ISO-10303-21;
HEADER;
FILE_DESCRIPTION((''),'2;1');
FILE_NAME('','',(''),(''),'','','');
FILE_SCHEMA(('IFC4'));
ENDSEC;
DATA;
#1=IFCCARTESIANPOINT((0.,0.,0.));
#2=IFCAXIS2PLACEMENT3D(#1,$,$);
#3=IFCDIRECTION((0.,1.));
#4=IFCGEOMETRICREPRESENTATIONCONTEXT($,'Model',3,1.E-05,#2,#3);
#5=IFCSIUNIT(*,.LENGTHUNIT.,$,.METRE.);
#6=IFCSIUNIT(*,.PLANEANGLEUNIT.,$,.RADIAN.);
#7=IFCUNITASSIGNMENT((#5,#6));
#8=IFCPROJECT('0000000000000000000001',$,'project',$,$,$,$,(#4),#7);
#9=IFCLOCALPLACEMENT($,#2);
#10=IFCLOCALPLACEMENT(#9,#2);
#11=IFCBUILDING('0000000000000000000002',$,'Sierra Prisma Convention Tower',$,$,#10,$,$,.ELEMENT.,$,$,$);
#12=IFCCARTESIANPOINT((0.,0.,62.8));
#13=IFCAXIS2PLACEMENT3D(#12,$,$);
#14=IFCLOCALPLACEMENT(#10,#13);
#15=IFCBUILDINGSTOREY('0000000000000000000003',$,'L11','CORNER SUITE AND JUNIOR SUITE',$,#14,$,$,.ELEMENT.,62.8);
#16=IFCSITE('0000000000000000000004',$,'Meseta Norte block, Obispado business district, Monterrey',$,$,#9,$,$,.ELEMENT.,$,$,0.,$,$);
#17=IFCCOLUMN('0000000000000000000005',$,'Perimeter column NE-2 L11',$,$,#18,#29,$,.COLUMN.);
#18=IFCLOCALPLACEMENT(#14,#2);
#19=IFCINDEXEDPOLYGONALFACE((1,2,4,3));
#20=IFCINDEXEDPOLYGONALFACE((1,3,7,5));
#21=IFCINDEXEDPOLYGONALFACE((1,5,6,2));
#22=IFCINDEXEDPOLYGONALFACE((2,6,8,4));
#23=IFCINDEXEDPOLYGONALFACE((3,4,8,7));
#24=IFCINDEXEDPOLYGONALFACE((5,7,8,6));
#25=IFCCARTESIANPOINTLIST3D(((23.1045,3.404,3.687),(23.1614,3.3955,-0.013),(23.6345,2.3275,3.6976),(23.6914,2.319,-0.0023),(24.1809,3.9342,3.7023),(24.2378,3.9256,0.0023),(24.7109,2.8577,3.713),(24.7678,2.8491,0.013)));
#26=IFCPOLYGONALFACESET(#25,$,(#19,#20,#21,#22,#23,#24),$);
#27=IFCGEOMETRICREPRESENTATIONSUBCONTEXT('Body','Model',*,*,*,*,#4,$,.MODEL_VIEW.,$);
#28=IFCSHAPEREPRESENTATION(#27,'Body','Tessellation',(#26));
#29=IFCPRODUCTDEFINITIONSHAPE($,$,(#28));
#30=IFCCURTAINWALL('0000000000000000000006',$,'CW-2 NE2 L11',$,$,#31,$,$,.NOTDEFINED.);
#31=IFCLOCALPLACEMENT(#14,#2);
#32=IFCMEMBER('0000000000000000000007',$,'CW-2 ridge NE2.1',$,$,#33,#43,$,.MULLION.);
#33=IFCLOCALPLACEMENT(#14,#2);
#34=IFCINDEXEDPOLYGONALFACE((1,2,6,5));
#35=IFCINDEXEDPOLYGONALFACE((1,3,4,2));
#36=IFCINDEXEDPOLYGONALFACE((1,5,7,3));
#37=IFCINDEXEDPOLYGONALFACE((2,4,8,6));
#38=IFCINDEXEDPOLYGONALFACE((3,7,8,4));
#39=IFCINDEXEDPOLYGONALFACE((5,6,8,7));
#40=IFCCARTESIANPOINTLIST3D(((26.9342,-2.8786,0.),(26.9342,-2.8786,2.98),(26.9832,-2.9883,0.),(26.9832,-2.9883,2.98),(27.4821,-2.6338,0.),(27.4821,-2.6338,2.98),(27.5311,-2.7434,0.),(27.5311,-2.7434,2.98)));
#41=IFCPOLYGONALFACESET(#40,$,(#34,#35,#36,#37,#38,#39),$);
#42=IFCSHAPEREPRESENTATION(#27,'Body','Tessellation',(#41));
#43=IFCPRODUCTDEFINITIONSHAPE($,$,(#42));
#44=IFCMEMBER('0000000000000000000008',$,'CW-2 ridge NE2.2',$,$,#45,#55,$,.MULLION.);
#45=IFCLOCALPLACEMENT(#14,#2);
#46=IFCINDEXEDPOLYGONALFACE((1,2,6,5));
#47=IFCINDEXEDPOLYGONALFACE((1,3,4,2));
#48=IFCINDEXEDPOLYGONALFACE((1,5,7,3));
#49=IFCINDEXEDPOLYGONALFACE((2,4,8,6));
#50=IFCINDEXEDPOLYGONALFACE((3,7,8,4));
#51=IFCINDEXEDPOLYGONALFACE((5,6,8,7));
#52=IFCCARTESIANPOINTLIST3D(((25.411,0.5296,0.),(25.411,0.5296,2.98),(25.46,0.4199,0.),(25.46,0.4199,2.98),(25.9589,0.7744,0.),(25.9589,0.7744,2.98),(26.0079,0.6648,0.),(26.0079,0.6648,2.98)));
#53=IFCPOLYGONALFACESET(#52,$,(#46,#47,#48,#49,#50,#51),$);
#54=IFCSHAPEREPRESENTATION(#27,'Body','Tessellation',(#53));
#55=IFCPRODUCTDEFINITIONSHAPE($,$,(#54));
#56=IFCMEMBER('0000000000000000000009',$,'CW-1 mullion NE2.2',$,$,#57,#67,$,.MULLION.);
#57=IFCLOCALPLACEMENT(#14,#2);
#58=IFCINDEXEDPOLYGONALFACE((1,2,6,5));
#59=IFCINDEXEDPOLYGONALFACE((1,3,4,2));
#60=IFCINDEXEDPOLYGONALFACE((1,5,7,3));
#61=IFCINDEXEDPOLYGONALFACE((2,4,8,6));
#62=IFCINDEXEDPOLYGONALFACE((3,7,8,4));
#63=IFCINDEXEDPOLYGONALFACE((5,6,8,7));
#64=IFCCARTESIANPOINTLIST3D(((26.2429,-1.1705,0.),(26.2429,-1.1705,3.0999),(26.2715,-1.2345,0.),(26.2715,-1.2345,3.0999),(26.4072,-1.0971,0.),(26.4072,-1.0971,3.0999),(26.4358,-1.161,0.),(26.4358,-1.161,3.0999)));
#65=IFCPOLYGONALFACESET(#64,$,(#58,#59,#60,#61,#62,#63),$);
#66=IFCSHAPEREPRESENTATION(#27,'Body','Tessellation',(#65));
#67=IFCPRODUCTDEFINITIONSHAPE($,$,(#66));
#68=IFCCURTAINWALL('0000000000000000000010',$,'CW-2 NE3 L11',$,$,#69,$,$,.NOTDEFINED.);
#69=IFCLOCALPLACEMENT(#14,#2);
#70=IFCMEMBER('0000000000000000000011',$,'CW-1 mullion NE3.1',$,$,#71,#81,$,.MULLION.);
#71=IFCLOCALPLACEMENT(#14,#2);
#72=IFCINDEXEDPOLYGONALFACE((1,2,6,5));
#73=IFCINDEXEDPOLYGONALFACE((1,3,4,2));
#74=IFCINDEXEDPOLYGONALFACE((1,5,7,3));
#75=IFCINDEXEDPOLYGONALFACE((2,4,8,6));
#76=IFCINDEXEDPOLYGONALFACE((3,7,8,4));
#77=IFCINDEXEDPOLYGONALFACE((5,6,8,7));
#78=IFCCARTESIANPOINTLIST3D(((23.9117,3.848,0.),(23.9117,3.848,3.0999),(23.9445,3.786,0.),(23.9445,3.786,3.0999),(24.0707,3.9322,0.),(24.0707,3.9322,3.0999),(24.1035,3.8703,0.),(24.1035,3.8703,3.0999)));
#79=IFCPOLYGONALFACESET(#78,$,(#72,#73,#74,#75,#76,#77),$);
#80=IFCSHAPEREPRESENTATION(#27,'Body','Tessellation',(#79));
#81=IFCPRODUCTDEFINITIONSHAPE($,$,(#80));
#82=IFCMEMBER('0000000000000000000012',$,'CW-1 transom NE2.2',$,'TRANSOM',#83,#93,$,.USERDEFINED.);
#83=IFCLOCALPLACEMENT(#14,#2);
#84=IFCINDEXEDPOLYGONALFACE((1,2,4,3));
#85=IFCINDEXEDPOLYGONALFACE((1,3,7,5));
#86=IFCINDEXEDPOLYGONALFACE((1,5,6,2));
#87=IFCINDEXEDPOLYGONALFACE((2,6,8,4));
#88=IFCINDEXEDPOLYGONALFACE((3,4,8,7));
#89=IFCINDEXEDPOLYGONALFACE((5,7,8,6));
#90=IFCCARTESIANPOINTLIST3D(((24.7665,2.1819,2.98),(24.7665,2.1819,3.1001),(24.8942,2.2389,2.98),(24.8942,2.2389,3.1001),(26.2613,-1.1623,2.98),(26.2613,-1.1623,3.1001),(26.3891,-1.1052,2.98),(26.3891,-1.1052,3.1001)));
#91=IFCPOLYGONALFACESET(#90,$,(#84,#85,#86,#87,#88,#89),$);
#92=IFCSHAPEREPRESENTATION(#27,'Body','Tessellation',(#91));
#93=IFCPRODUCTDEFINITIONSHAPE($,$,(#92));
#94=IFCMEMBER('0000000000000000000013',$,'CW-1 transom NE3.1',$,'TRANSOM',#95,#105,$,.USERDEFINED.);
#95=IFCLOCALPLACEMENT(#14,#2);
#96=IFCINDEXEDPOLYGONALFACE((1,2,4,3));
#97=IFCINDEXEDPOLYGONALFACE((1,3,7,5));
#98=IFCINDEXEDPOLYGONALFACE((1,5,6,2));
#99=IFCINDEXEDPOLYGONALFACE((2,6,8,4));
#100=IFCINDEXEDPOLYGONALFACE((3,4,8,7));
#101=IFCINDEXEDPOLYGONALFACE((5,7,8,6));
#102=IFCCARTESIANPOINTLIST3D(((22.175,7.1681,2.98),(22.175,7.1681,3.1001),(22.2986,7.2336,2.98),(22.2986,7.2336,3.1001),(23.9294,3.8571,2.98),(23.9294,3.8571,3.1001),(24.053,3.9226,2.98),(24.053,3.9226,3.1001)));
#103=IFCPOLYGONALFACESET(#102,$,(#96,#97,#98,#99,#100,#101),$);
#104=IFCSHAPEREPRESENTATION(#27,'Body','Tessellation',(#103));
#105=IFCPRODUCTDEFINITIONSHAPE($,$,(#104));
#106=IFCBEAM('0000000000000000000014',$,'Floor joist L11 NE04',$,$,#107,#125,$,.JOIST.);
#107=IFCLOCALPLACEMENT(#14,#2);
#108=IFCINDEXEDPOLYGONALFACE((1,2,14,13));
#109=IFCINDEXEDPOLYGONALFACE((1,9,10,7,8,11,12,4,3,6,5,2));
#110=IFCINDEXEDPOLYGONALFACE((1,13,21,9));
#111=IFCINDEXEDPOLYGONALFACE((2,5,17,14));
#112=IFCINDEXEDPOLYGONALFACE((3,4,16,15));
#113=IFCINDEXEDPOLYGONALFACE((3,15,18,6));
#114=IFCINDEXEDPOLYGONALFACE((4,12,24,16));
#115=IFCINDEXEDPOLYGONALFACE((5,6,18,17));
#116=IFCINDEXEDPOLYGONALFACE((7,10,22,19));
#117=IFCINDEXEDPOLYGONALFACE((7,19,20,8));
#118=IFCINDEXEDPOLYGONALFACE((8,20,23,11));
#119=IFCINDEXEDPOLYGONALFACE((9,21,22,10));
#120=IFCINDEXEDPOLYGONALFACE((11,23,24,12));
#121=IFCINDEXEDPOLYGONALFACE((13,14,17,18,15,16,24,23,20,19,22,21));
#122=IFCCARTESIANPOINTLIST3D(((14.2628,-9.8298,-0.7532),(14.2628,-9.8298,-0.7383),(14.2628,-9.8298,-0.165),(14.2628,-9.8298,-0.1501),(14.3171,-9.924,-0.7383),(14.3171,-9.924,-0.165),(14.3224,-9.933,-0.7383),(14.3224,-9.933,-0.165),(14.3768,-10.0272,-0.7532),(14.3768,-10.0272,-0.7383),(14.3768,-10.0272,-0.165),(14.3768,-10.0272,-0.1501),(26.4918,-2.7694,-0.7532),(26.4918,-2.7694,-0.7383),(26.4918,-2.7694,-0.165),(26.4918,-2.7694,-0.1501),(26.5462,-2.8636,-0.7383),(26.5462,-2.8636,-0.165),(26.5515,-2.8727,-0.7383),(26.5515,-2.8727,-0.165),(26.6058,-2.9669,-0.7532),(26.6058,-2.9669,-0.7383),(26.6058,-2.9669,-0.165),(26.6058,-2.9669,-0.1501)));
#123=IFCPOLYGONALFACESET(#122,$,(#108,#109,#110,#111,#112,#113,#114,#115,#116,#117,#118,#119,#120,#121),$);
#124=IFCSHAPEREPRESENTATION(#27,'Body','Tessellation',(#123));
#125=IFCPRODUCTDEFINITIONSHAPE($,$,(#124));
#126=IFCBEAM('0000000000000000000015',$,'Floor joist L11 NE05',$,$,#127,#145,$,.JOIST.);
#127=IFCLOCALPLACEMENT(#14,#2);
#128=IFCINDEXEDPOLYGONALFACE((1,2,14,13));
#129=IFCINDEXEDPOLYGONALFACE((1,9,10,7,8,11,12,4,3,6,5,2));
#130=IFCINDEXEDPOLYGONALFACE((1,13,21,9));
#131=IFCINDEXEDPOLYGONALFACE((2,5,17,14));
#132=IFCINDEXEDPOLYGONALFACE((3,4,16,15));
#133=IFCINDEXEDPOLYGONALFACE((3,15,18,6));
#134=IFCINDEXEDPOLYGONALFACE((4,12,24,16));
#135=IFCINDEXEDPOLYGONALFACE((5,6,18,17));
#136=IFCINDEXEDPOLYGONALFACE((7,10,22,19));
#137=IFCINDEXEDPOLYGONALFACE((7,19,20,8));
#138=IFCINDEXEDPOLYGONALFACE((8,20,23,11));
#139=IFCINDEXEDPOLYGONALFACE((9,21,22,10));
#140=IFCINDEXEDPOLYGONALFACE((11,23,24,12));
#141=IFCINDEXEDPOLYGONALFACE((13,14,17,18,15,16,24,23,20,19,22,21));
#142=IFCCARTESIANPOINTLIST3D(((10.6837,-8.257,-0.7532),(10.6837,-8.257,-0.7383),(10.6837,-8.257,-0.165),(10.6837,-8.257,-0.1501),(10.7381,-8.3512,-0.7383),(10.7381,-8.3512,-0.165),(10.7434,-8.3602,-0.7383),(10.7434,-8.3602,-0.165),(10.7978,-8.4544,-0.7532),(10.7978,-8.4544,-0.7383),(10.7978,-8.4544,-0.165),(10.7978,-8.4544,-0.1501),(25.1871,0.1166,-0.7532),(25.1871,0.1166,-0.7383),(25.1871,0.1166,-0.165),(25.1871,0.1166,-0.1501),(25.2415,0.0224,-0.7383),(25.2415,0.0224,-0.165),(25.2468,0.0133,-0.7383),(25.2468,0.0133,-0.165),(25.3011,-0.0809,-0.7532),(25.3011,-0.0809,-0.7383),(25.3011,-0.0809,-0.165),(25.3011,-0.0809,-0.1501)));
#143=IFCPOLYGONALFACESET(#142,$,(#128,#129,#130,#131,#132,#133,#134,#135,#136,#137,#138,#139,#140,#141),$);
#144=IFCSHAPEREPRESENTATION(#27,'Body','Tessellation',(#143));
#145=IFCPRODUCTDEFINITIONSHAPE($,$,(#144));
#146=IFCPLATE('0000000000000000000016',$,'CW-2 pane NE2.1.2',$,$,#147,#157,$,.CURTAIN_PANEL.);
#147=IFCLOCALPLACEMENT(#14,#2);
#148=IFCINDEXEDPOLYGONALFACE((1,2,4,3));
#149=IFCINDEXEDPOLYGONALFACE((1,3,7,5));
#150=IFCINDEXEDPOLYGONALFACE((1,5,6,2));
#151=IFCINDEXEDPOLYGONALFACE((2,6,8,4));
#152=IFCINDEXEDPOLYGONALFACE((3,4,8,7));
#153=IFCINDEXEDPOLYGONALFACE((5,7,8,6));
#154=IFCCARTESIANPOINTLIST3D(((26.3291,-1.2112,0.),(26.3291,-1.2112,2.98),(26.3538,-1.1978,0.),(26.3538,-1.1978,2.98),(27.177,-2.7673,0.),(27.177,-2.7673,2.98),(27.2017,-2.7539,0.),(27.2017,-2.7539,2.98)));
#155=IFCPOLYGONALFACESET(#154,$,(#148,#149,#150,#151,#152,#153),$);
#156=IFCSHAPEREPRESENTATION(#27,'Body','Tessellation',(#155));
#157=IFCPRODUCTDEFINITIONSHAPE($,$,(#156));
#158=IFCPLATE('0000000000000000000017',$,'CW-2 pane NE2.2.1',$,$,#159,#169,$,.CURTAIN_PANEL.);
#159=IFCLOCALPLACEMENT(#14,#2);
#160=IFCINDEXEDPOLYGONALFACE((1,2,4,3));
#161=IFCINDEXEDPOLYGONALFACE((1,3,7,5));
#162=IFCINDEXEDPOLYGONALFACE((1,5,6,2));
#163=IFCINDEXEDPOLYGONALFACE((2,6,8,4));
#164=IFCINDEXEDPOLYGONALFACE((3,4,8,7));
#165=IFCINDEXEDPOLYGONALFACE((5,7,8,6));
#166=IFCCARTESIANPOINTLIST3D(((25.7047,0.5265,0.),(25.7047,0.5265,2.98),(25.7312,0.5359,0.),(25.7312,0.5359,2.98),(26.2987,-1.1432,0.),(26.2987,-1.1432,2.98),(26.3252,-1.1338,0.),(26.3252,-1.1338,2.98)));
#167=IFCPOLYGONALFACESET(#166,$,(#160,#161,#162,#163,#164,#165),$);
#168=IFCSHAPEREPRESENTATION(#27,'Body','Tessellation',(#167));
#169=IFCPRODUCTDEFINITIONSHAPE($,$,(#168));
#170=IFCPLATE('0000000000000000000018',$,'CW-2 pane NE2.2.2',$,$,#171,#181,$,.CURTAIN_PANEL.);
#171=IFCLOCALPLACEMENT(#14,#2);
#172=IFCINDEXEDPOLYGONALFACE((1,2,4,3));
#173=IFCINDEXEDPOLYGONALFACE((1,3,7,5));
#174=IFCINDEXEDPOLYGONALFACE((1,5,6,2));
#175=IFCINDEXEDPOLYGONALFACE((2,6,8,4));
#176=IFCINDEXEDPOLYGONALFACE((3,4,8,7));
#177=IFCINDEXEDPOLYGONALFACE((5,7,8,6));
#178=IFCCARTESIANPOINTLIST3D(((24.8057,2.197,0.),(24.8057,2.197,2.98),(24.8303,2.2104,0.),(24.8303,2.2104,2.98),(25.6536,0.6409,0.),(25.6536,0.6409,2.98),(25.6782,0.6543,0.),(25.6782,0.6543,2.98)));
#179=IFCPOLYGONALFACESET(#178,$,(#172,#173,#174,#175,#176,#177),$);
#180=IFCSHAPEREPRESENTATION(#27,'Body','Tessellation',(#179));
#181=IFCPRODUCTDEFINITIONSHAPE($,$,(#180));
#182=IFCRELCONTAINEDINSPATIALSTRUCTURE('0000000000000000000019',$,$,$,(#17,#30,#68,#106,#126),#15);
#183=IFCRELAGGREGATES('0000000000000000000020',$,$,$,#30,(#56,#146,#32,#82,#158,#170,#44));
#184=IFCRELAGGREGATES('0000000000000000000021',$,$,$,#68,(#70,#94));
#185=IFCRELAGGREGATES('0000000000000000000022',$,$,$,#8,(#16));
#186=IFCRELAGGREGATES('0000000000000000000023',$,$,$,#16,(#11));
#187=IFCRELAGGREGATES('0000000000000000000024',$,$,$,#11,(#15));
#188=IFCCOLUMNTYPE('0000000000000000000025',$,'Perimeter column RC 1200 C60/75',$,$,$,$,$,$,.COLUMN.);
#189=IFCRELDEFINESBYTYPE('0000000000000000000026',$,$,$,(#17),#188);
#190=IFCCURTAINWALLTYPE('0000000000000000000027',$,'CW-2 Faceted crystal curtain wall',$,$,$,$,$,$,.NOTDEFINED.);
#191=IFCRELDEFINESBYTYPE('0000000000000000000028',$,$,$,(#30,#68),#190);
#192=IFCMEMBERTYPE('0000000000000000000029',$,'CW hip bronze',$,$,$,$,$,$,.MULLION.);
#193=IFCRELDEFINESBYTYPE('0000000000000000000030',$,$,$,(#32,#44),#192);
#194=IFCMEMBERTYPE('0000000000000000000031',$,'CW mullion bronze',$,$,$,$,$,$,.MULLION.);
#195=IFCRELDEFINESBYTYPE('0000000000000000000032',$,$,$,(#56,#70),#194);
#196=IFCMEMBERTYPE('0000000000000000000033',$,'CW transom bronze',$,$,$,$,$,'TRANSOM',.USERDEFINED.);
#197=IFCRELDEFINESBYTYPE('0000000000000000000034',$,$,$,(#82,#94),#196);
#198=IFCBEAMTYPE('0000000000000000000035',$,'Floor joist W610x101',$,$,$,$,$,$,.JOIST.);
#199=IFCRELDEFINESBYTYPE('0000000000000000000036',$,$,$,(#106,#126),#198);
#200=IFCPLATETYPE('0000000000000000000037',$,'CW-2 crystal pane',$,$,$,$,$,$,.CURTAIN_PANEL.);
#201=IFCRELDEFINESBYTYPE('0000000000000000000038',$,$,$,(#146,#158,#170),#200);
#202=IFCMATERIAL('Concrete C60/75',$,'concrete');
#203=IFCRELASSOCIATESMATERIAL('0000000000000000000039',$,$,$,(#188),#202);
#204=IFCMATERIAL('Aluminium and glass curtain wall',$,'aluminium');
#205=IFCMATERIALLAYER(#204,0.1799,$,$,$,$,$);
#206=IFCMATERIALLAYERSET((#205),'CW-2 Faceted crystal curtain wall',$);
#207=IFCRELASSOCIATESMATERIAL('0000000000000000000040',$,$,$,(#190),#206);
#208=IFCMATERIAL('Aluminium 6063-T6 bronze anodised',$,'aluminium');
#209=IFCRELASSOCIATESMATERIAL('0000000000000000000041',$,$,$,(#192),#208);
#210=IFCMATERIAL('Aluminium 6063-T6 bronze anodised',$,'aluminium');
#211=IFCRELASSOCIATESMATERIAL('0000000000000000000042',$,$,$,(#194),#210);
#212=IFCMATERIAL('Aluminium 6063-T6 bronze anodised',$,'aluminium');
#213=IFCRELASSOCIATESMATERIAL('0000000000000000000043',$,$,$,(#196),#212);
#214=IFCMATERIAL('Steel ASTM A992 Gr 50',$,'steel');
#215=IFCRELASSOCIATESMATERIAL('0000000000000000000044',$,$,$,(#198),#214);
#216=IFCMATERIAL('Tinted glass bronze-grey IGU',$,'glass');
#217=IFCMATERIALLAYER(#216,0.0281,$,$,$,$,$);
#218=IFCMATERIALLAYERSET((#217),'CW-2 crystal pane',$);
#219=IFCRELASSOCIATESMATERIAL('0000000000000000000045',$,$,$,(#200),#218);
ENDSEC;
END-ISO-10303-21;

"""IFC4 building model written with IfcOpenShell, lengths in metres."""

from ifc_helpers import new_model, si_unit, direction, frame, origin, origin_2d, place, context, subcontext, project, spatial, polyline, rectangle, i_section, outline, extrude, material, layer, layer_set, material_profile, profile_set, type_object, element, aggregate, save


model = new_model("IFC4")

# Units and contexts
model_context = context("Model", 3, precision=1e-05, world=origin(), true_north=direction((0.0, 1.0)))
body_context = subcontext(model_context, "Body", "Model", "MODEL_VIEW")
ifc_project = project(units=[si_unit("LENGTHUNIT", "METRE"), si_unit("PLANEANGLEUNIT", "RADIAN")], contexts=[model_context])

# Site, building, storey
site_placement = place(None, origin())
site = spatial("IfcSite", under=ifc_project, at=site_placement, Name="Meseta Norte block, Obispado business district, Monterrey", CompositionType="ELEMENT", RefElevation=0.0)
building_placement = place(site_placement, origin())
building = spatial("IfcBuilding", under=site, at=building_placement, Name="Sierra Prisma Convention Tower", CompositionType="ELEMENT")
storey_placement = place(building_placement, frame((0.0, 0.0, 62.8)))
storey = spatial("IfcBuildingStorey", under=building, at=storey_placement, Name="L11", Description="CORNER SUITE AND JUNIOR SUITE", CompositionType="ELEMENT", Elevation=62.8)

# Column
ifc_material_1 = material(Name="Concrete C60/75", Category="concrete")
ifc_material_profile_1 = material_profile(ifc_material_1, rectangle(XDim=1.2, YDim=1.2, at=origin_2d()), Name="Perimeter column RC 1200 C60/75")
ifc_profile_set_1 = profile_set([ifc_material_profile_1], Name="Concrete C60/75")
column_type = type_object("IfcColumnType", Name="Perimeter column RC 1200 C60/75", PredefinedType="COLUMN", material=ifc_profile_set_1)
column_placement = place(storey_placement, frame((23.9646, 3.1223, 0.0), z_axis=(-0.015373, 0.002309, 0.999879), x_axis=(-0.441717, 0.897111, -0.008863)))
element("IfcColumn", 1, at=column_placement, inside=storey, type_object=column_type, Name="Perimeter column NE-2 L11", PredefinedType="COLUMN", context=body_context, shape_type="SweptSolid", body=[
    extrude(rectangle(XDim=1.2, YDim=1.2, at=origin_2d()), origin(), (0.0, 0.0, 1.0), 3.7004),
])

# Curtain wall, members
ifc_material_2 = material(Name="Aluminium and glass curtain wall", Category="aluminium")
ifc_layer_1 = layer(ifc_material_2, 0.1799)
ifc_layer_set_1 = layer_set([ifc_layer_1], Name="CW-2 Faceted crystal curtain wall")
curtain_wall_type = type_object("IfcCurtainWallType", Name="CW-2 Faceted crystal curtain wall", PredefinedType="NOTDEFINED", material=ifc_layer_set_1)
curtain_wall_1_placement = place(storey_placement, origin())
curtain_wall_1 = element("IfcCurtainWall", 2, at=curtain_wall_1_placement, inside=storey, type_object=curtain_wall_type, Name="CW-2 NE2 L11", PredefinedType="NOTDEFINED")
ifc_material_3 = material(Name="Aluminium 6063-T6 bronze anodised", Category="aluminium")
ifc_material_profile_2 = material_profile(ifc_material_3, rectangle(XDim=0.1201, YDim=0.6001, at=origin_2d()), Name="ALU RIDGE BLADE 120x600")
ifc_profile_set_2 = profile_set([ifc_material_profile_2], Name="Aluminium 6063-T6 bronze anodised")
member_type_1 = type_object("IfcMemberType", Name="CW hip bronze", PredefinedType="MULLION", material=ifc_profile_set_2)
member_1_placement = place(storey_placement, frame((27.2327, -2.811, 0.0), z_axis=(0.0, 0.0, 1.0), x_axis=(-0.408052, 0.912959, 0.0)))
member_1 = element("IfcMember", 3, at=member_1_placement, type_object=member_type_1, Name="CW-2 ridge NE2.1", PredefinedType="MULLION", context=body_context, shape_type="SweptSolid", body=[
    extrude(rectangle(XDim=0.1201, YDim=0.6001, at=origin_2d()), origin(), (0.0, 0.0, 1.0), 2.98),
])
member_2_placement = place(storey_placement, frame((25.7095, 0.5972, 0.0), z_axis=(0.0, 0.0, 1.0), x_axis=(-0.408052, 0.912959, 0.0)))
member_2 = element("IfcMember", 4, at=member_2_placement, type_object=member_type_1, Name="CW-2 ridge NE2.2", PredefinedType="MULLION", context=body_context, shape_type="SweptSolid", body=[
    extrude(rectangle(XDim=0.1201, YDim=0.6001, at=origin_2d()), origin(), (0.0, 0.0, 1.0), 2.98),
])
ifc_material_4 = material(Name="Aluminium 6063-T6 bronze anodised", Category="aluminium")
ifc_material_profile_3 = material_profile(ifc_material_4, rectangle(XDim=0.1799, YDim=0.0701, at=origin_2d()), Name="ALU MULLION 70x180")
ifc_profile_set_3 = profile_set([ifc_material_profile_3], Name="Aluminium 6063-T6 bronze anodised")
member_type_2 = type_object("IfcMemberType", Name="CW mullion bronze", PredefinedType="MULLION", material=ifc_profile_set_3)
member_3_placement = place(storey_placement, frame((26.3394, -1.1658, 0.0), z_axis=(0.0, 0.0, 1.0), x_axis=(-0.912959, -0.408052, 0.0)))
member_3 = element("IfcMember", 5, at=member_3_placement, type_object=member_type_2, Name="CW-1 mullion NE2.2", PredefinedType="MULLION", context=body_context, shape_type="SweptSolid", body=[
    extrude(rectangle(XDim=0.1799, YDim=0.0701, at=origin_2d()), origin(), (0.0, 0.0, 1.0), 3.0999),
])

# Curtain wall, member
curtain_wall_2_placement = place(storey_placement, origin())
curtain_wall_2 = element("IfcCurtainWall", 6, at=curtain_wall_2_placement, inside=storey, type_object=curtain_wall_type, Name="CW-2 NE3 L11", PredefinedType="NOTDEFINED")
member_4_placement = place(storey_placement, frame((24.0076, 3.8591, 0.0), z_axis=(0.0, 0.0, 1.0), x_axis=(-0.883605, -0.468233, 0.0)))
member_4 = element("IfcMember", 7, at=member_4_placement, type_object=member_type_2, Name="CW-1 mullion NE3.1", PredefinedType="MULLION", context=body_context, shape_type="SweptSolid", body=[
    extrude(rectangle(XDim=0.1799, YDim=0.0701, at=origin_2d()), origin(), (0.0, 0.0, 1.0), 3.0999),
])

# Members
ifc_material_5 = material(Name="Aluminium 6063-T6 bronze anodised", Category="aluminium")
ifc_material_profile_4 = material_profile(ifc_material_5, rectangle(XDim=0.1399, YDim=0.1201, at=origin_2d()), Name="ALU TRANSOM 120x140")
ifc_profile_set_4 = profile_set([ifc_material_profile_4], Name="Aluminium 6063-T6 bronze anodised")
member_type_3 = type_object("IfcMemberType", Name="CW transom bronze", ElementType="TRANSOM", PredefinedType="USERDEFINED", material=ifc_profile_set_4)
member_5_placement = place(storey_placement, frame((26.3252, -1.1338, 3.04), z_axis=(-0.408085, 0.912944, 0.0), x_axis=(-0.912944, -0.408085, 0.0)))
member_5 = element("IfcMember", 8, at=member_5_placement, type_object=member_type_3, Name="CW-1 transom NE2.2", ObjectType="TRANSOM", PredefinedType="USERDEFINED", context=body_context, shape_type="SweptSolid", body=[
    extrude(rectangle(XDim=0.1399, YDim=0.1201, at=origin_2d()), origin(), (0.0, 0.0, 1.0), 3.6631),
])
member_6_placement = place(storey_placement, frame((23.9912, 3.8899, 3.04), z_axis=(-0.468199, 0.883623, 0.0), x_axis=(-0.883623, -0.468199, 0.0)))
member_6 = element("IfcMember", 9, at=member_6_placement, type_object=member_type_3, Name="CW-1 transom NE3.1", ObjectType="TRANSOM", PredefinedType="USERDEFINED", context=body_context, shape_type="SweptSolid", body=[
    extrude(rectangle(XDim=0.1399, YDim=0.1201, at=origin_2d()), origin(), (0.0, 0.0, 1.0), 3.7471),
])

# Beams
ifc_material_6 = material(Name="Steel ASTM A992 Gr 50", Category="steel")
ifc_material_profile_5 = material_profile(ifc_material_6, i_section(OverallWidth=0.228, OverallDepth=0.603, WebThickness=0.0105, FlangeThickness=0.0149, at=origin_2d()), Name="W610x101")
ifc_profile_set_5 = profile_set([ifc_material_profile_5], Name="Steel ASTM A992 Gr 50")
beam_type = type_object("IfcBeamType", Name="Floor joist W610x101", PredefinedType="JOIST", material=ifc_profile_set_5)
beam_1_placement = place(storey_placement, frame((26.5488, -2.8682, -0.4517), z_axis=(-0.866029, -0.499994, 0.0), x_axis=(0.499994, -0.866029, 0.0)))
element("IfcBeam", 10, at=beam_1_placement, inside=storey, type_object=beam_type, Name="Floor joist L11 NE04", PredefinedType="JOIST", context=body_context, shape_type="SweptSolid", body=[
    extrude(i_section(OverallWidth=0.228, OverallDepth=0.603, WebThickness=0.0105, FlangeThickness=0.0149, at=origin_2d()), origin(), (0.0, 0.0, 1.0), 14.1208),
])
beam_2_placement = place(storey_placement, frame((25.2441, 0.0178, -0.4517), z_axis=(-0.866026, -0.499999, 0.0), x_axis=(0.499999, -0.866026, 0.0)))
element("IfcBeam", 11, at=beam_2_placement, inside=storey, type_object=beam_type, Name="Floor joist L11 NE05", PredefinedType="JOIST", context=body_context, shape_type="SweptSolid", body=[
    extrude(i_section(OverallWidth=0.228, OverallDepth=0.603, WebThickness=0.0105, FlangeThickness=0.0149, at=origin_2d()), origin(), (0.0, 0.0, 1.0), 16.7471),
])

# Plates
ifc_material_7 = material(Name="Tinted glass bronze-grey IGU", Category="glass")
ifc_layer_2 = layer(ifc_material_7, 0.0281)
ifc_layer_set_2 = layer_set([ifc_layer_2], Name="CW-2 crystal pane")
plate_type = type_object("IfcPlateType", Name="CW-2 crystal pane", PredefinedType="CURTAIN_PANEL", material=ifc_layer_set_2)
plate_1_placement = place(storey_placement, frame((26.3538, -1.1978, 0.0), z_axis=(0.878111, 0.478456, 0.0), x_axis=(0.478456, -0.878111, 0.0)))
plate_1 = element("IfcPlate", 12, at=plate_1_placement, type_object=plate_type, Name="CW-2 pane NE2.1.2", PredefinedType="CURTAIN_PANEL", context=body_context, shape_type="SweptSolid", body=[
    extrude(outline(polyline([(0.0, 0.0), (1.7722, 0.0), (1.7722, -2.98), (0.0, -2.98), (0.0, 0.0)])), origin(), (0.0, 0.0, -1.0), 0.0281),
])
plate_2_placement = place(storey_placement, frame((26.3252, -1.1338, 0.0), z_axis=(0.942156, 0.335175, 0.0), x_axis=(-0.335175, 0.942156, 0.0)))
plate_2 = element("IfcPlate", 13, at=plate_2_placement, type_object=plate_type, Name="CW-2 pane NE2.2.1", PredefinedType="CURTAIN_PANEL", context=body_context, shape_type="SweptSolid", body=[
    extrude(outline(polyline([(0.0, 0.0), (1.7722, 0.0), (1.7722, 2.98), (0.0, 2.98), (0.0, 0.0)])), origin(), (0.0, 0.0, -1.0), 0.0281),
])
plate_3_placement = place(storey_placement, frame((24.8303, 2.2104, 0.0), z_axis=(0.878111, 0.478456, 0.0), x_axis=(0.478456, -0.878111, 0.0)))
plate_3 = element("IfcPlate", 14, at=plate_3_placement, type_object=plate_type, Name="CW-2 pane NE2.2.2", PredefinedType="CURTAIN_PANEL", context=body_context, shape_type="SweptSolid", body=[
    extrude(outline(polyline([(0.0, 0.0), (1.7722, 0.0), (1.7722, -2.98), (0.0, -2.98), (0.0, 0.0)])), origin(), (0.0, 0.0, -1.0), 0.0281),
])
aggregate(curtain_wall_1, [member_3, plate_1, member_1, member_5, plate_2, plate_3, member_2])
aggregate(curtain_wall_2, [member_4, member_6])

save(model, "model.ifc")
